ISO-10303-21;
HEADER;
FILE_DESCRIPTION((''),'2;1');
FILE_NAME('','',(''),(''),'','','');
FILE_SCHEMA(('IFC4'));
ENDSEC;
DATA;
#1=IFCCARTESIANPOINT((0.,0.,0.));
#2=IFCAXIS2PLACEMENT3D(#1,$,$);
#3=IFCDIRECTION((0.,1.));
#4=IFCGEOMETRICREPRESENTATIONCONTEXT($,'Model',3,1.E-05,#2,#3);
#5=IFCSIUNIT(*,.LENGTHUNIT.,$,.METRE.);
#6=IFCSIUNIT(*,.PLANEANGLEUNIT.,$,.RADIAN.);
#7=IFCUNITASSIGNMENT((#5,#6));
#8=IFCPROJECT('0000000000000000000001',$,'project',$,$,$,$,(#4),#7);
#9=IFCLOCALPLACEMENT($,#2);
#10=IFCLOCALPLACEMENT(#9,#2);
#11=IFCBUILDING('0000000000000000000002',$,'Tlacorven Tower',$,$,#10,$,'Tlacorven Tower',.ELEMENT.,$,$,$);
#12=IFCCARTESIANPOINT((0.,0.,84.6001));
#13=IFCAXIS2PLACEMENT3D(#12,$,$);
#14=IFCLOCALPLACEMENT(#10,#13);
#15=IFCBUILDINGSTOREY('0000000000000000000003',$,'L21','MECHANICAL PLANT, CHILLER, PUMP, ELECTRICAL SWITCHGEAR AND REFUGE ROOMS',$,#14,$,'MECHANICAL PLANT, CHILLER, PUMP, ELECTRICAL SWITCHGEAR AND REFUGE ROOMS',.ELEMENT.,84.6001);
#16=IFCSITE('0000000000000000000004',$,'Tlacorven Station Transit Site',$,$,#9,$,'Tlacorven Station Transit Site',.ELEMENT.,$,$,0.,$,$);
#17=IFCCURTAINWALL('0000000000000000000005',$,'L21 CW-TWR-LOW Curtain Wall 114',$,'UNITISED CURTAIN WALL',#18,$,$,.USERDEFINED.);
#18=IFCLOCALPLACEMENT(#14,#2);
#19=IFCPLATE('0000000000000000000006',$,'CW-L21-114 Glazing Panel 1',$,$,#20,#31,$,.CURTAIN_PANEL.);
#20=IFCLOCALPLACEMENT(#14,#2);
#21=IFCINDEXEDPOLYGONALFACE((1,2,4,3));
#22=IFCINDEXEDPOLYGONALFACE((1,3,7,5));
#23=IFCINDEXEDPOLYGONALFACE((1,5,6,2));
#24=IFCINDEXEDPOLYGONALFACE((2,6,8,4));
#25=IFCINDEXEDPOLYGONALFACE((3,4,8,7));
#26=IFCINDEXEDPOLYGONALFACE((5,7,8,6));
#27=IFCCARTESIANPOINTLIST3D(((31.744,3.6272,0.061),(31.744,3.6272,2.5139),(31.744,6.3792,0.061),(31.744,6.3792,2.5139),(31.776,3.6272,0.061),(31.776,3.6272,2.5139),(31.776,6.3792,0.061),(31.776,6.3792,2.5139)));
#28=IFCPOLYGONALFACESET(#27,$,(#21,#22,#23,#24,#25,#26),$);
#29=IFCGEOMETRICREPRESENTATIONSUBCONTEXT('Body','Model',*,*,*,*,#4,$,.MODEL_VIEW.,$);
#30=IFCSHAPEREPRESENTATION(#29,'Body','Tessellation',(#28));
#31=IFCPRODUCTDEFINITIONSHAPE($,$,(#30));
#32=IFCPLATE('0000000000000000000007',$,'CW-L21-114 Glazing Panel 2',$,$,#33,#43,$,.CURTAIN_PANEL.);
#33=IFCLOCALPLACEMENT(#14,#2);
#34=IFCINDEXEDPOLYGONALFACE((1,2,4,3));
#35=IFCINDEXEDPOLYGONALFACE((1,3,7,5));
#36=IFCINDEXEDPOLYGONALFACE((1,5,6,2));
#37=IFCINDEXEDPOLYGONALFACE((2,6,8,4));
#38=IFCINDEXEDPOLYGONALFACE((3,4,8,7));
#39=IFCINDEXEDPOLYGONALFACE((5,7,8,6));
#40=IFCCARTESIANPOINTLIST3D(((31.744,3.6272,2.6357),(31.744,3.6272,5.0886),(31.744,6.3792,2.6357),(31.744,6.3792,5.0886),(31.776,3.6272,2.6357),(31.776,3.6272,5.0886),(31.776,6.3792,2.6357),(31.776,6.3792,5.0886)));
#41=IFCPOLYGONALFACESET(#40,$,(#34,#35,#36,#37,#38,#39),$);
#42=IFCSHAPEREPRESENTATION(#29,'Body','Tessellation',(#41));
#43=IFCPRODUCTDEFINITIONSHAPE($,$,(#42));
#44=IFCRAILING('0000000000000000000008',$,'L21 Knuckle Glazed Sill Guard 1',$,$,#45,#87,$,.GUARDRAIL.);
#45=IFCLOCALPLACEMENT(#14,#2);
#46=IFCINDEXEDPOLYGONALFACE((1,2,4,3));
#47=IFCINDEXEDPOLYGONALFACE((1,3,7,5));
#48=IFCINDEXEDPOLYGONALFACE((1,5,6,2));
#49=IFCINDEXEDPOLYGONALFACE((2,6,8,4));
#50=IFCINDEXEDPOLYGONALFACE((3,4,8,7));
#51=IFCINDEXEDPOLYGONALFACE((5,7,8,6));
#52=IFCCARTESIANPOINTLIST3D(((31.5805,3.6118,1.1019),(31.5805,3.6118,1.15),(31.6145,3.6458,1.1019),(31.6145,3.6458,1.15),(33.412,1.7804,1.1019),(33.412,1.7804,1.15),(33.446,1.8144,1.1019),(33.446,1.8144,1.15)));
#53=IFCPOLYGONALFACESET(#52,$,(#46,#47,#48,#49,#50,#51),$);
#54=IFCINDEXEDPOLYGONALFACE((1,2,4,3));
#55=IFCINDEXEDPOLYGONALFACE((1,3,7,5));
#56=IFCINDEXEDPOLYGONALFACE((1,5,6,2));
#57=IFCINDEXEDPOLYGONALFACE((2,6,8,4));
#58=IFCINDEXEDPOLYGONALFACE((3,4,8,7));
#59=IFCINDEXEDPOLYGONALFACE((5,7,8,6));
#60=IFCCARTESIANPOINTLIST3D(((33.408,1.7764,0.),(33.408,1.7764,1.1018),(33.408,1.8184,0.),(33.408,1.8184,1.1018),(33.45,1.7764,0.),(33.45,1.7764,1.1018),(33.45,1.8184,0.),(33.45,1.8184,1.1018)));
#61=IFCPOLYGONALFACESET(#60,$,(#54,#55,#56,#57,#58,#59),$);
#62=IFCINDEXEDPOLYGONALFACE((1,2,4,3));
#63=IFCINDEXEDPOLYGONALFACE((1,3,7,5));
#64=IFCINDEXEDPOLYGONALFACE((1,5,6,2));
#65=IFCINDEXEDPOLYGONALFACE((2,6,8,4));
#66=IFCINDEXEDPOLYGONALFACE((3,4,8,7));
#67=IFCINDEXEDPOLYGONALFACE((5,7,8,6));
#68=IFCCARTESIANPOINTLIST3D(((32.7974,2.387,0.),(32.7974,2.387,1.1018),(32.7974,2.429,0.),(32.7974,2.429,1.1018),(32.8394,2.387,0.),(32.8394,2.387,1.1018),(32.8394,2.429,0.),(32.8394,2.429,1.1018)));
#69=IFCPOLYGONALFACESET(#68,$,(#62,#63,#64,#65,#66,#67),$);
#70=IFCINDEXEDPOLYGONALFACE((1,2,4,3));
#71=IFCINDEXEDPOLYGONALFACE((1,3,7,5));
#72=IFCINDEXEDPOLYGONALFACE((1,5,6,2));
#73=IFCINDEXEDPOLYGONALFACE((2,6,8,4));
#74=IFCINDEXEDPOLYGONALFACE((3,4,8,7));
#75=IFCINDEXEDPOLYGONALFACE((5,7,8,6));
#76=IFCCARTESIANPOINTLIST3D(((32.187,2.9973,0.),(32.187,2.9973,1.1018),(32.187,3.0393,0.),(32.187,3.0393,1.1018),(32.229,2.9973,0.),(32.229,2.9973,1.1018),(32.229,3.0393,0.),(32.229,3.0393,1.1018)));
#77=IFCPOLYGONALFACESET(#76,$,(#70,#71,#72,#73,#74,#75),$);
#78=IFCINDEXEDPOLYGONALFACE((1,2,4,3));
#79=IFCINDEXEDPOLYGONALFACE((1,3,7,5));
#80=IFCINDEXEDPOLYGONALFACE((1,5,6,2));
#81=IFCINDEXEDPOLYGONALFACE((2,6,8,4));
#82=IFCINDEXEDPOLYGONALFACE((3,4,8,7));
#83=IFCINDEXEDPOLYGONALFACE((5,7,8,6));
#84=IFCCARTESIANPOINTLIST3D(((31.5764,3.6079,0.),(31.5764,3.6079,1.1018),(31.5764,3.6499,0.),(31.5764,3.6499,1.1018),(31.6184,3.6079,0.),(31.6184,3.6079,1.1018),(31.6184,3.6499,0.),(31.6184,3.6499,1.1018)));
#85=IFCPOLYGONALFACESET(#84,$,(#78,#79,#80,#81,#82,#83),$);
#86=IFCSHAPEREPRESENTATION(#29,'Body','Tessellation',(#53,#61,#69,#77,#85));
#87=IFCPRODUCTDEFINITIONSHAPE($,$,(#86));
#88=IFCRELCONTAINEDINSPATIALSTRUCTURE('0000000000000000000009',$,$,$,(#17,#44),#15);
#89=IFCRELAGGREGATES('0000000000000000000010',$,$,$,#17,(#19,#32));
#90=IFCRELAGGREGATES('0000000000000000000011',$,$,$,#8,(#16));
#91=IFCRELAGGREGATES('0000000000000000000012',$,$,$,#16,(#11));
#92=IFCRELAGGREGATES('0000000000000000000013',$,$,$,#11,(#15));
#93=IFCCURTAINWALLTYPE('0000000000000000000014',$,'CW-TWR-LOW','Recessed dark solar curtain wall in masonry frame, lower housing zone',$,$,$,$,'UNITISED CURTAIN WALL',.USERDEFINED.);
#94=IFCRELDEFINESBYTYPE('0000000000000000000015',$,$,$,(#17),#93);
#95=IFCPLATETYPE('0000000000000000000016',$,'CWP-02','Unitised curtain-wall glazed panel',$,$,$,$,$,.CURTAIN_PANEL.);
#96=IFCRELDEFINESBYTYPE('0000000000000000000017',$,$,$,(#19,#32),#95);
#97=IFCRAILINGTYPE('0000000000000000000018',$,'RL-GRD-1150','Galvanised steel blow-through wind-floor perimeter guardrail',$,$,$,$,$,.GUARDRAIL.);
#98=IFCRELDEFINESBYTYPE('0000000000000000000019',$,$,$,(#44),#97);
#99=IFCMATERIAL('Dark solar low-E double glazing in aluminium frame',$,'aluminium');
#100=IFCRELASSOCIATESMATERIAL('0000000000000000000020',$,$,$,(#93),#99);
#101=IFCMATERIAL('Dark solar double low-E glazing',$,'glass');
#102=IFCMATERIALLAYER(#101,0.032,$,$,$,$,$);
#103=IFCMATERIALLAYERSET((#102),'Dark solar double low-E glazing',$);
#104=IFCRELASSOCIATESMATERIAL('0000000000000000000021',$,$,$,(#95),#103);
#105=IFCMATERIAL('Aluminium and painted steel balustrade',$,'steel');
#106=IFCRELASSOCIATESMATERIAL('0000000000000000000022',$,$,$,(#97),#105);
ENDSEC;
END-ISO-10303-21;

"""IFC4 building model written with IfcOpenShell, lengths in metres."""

from ifc_helpers import new_model, si_unit, direction, frame, origin, origin_2d, place, context, subcontext, project, spatial, rectangle, extrude, source, transform, mapped, material, layer, layer_set, type_object, element, aggregate, save


model = new_model("IFC4")

# Units and contexts
model_context = context("Model", 3, precision=1e-05, world=origin(), true_north=direction((0.0, 1.0)))
body_context = subcontext(model_context, "Body", "Model", "MODEL_VIEW")
ifc_project = project(units=[si_unit("LENGTHUNIT", "METRE"), si_unit("PLANEANGLEUNIT", "RADIAN")], contexts=[model_context])

# Site, building, storey
site_placement = place(None, origin())
site = spatial("IfcSite", under=ifc_project, at=site_placement, Name="Tlacorven Station Transit Site", LongName="Tlacorven Station Transit Site", CompositionType="ELEMENT", RefElevation=0.0)
building_placement = place(site_placement, origin())
building = spatial("IfcBuilding", under=site, at=building_placement, Name="Tlacorven Tower", LongName="Tlacorven Tower", CompositionType="ELEMENT")
storey_placement = place(building_placement, frame((0.0, 0.0, 84.6001)))
storey = spatial("IfcBuildingStorey", under=building, at=storey_placement, Name="L21", Description="MECHANICAL PLANT, CHILLER, PUMP, ELECTRICAL SWITCHGEAR AND REFUGE ROOMS", LongName="MECHANICAL PLANT, CHILLER, PUMP, ELECTRICAL SWITCHGEAR AND REFUGE ROOMS", CompositionType="ELEMENT", Elevation=84.6001)

# Curtain wall
ifc_material_1 = material(Name="Dark solar low-E double glazing in aluminium frame", Category="aluminium")
curtain_wall_type = type_object("IfcCurtainWallType", Name="CW-TWR-LOW", Description="Recessed dark solar curtain wall in masonry frame, lower housing zone", ElementType="UNITISED CURTAIN WALL", PredefinedType="USERDEFINED", material=ifc_material_1)
curtain_wall_1_placement = place(storey_placement, origin())
curtain_wall_1 = element("IfcCurtainWall", 1, at=curtain_wall_1_placement, inside=storey, type_object=curtain_wall_type, Name="L21 CW-TWR-LOW Curtain Wall 114", ObjectType="UNITISED CURTAIN WALL", PredefinedType="USERDEFINED")

# Plates
ifc_material_2 = material(Name="Dark solar double low-E glazing", Category="glass")
ifc_layer = layer(ifc_material_2, 0.032)
ifc_layer_set = layer_set([ifc_layer], Name="Dark solar double low-E glazing")
plate_type = type_object("IfcPlateType", Name="CWP-02", Description="Unitised curtain-wall glazed panel", PredefinedType="CURTAIN_PANEL", material=ifc_layer_set)
shared_shape_1 = source(origin(), body_context, "Body", "SweptSolid", [
    extrude(rectangle(XDim=2.752, YDim=0.032, at=origin_2d()), origin(), (0.0, 0.0, 1.0), 2.4529),
])
plate_1_placement = place(storey_placement, frame((31.76, 5.0032, 0.061), z_axis=(0.0, 0.0, 1.0), x_axis=(0.0, 1.0, 0.0)))
plate_1 = element("IfcPlate", 2, at=plate_1_placement, type_object=plate_type, Name="CW-L21-114 Glazing Panel 1", PredefinedType="CURTAIN_PANEL", context=body_context, shape_type="MappedRepresentation", body=[
    mapped(shared_shape_1, transform((0.0, 0.0, 0.0), scale=1.0)),
])
plate_2_placement = place(storey_placement, frame((31.76, 5.0032, 2.6357), z_axis=(0.0, 0.0, 1.0), x_axis=(0.0, 1.0, 0.0)))
plate_2 = element("IfcPlate", 3, at=plate_2_placement, type_object=plate_type, Name="CW-L21-114 Glazing Panel 2", PredefinedType="CURTAIN_PANEL", context=body_context, shape_type="MappedRepresentation", body=[
    mapped(shared_shape_1, transform((0.0, 0.0, 0.0), scale=1.0)),
])
aggregate(curtain_wall_1, [plate_1, plate_2])

# Railing
ifc_material_3 = material(Name="Aluminium and painted steel balustrade", Category="steel")
railing_type = type_object("IfcRailingType", Name="RL-GRD-1150", Description="Galvanised steel blow-through wind-floor perimeter guardrail", PredefinedType="GUARDRAIL", material=ifc_material_3)
shared_shape_2 = source(origin(), body_context, "Body", "SweptSolid", [
    extrude(rectangle(XDim=0.0481, YDim=0.0481, at=origin_2d()), frame((0.0, 0.0, 1.126), z_axis=(-0.707107, 0.707107, 0.0), x_axis=(-0.707107, -0.707107, 0.0)), (0.0, 0.0, 1.0), 2.5901),
    extrude(rectangle(XDim=0.042, YDim=0.042, at=origin_2d()), origin(), (0.0, 0.0, 1.0), 1.1018),
    extrude(rectangle(XDim=0.042, YDim=0.042, at=origin_2d()), frame((-0.6106, 0.6106, 0.0)), (0.0, 0.0, 1.0), 1.1018),
    extrude(rectangle(XDim=0.042, YDim=0.042, at=origin_2d()), frame((-1.2209, 1.2209, 0.0)), (0.0, 0.0, 1.0), 1.1018),
    extrude(rectangle(XDim=0.042, YDim=0.042, at=origin_2d()), frame((-1.8315, 1.8315, 0.0)), (0.0, 0.0, 1.0), 1.1018),
])
railing_placement = place(storey_placement, frame((33.429, 1.7974, 0.0)))
element("IfcRailing", 4, at=railing_placement, inside=storey, type_object=railing_type, Name="L21 Knuckle Glazed Sill Guard 1", PredefinedType="GUARDRAIL", context=body_context, shape_type="MappedRepresentation", body=[
    mapped(shared_shape_2, transform((0.0, 0.0, 0.0), scale=1.0)),
])

save(model, "model.ifc")
